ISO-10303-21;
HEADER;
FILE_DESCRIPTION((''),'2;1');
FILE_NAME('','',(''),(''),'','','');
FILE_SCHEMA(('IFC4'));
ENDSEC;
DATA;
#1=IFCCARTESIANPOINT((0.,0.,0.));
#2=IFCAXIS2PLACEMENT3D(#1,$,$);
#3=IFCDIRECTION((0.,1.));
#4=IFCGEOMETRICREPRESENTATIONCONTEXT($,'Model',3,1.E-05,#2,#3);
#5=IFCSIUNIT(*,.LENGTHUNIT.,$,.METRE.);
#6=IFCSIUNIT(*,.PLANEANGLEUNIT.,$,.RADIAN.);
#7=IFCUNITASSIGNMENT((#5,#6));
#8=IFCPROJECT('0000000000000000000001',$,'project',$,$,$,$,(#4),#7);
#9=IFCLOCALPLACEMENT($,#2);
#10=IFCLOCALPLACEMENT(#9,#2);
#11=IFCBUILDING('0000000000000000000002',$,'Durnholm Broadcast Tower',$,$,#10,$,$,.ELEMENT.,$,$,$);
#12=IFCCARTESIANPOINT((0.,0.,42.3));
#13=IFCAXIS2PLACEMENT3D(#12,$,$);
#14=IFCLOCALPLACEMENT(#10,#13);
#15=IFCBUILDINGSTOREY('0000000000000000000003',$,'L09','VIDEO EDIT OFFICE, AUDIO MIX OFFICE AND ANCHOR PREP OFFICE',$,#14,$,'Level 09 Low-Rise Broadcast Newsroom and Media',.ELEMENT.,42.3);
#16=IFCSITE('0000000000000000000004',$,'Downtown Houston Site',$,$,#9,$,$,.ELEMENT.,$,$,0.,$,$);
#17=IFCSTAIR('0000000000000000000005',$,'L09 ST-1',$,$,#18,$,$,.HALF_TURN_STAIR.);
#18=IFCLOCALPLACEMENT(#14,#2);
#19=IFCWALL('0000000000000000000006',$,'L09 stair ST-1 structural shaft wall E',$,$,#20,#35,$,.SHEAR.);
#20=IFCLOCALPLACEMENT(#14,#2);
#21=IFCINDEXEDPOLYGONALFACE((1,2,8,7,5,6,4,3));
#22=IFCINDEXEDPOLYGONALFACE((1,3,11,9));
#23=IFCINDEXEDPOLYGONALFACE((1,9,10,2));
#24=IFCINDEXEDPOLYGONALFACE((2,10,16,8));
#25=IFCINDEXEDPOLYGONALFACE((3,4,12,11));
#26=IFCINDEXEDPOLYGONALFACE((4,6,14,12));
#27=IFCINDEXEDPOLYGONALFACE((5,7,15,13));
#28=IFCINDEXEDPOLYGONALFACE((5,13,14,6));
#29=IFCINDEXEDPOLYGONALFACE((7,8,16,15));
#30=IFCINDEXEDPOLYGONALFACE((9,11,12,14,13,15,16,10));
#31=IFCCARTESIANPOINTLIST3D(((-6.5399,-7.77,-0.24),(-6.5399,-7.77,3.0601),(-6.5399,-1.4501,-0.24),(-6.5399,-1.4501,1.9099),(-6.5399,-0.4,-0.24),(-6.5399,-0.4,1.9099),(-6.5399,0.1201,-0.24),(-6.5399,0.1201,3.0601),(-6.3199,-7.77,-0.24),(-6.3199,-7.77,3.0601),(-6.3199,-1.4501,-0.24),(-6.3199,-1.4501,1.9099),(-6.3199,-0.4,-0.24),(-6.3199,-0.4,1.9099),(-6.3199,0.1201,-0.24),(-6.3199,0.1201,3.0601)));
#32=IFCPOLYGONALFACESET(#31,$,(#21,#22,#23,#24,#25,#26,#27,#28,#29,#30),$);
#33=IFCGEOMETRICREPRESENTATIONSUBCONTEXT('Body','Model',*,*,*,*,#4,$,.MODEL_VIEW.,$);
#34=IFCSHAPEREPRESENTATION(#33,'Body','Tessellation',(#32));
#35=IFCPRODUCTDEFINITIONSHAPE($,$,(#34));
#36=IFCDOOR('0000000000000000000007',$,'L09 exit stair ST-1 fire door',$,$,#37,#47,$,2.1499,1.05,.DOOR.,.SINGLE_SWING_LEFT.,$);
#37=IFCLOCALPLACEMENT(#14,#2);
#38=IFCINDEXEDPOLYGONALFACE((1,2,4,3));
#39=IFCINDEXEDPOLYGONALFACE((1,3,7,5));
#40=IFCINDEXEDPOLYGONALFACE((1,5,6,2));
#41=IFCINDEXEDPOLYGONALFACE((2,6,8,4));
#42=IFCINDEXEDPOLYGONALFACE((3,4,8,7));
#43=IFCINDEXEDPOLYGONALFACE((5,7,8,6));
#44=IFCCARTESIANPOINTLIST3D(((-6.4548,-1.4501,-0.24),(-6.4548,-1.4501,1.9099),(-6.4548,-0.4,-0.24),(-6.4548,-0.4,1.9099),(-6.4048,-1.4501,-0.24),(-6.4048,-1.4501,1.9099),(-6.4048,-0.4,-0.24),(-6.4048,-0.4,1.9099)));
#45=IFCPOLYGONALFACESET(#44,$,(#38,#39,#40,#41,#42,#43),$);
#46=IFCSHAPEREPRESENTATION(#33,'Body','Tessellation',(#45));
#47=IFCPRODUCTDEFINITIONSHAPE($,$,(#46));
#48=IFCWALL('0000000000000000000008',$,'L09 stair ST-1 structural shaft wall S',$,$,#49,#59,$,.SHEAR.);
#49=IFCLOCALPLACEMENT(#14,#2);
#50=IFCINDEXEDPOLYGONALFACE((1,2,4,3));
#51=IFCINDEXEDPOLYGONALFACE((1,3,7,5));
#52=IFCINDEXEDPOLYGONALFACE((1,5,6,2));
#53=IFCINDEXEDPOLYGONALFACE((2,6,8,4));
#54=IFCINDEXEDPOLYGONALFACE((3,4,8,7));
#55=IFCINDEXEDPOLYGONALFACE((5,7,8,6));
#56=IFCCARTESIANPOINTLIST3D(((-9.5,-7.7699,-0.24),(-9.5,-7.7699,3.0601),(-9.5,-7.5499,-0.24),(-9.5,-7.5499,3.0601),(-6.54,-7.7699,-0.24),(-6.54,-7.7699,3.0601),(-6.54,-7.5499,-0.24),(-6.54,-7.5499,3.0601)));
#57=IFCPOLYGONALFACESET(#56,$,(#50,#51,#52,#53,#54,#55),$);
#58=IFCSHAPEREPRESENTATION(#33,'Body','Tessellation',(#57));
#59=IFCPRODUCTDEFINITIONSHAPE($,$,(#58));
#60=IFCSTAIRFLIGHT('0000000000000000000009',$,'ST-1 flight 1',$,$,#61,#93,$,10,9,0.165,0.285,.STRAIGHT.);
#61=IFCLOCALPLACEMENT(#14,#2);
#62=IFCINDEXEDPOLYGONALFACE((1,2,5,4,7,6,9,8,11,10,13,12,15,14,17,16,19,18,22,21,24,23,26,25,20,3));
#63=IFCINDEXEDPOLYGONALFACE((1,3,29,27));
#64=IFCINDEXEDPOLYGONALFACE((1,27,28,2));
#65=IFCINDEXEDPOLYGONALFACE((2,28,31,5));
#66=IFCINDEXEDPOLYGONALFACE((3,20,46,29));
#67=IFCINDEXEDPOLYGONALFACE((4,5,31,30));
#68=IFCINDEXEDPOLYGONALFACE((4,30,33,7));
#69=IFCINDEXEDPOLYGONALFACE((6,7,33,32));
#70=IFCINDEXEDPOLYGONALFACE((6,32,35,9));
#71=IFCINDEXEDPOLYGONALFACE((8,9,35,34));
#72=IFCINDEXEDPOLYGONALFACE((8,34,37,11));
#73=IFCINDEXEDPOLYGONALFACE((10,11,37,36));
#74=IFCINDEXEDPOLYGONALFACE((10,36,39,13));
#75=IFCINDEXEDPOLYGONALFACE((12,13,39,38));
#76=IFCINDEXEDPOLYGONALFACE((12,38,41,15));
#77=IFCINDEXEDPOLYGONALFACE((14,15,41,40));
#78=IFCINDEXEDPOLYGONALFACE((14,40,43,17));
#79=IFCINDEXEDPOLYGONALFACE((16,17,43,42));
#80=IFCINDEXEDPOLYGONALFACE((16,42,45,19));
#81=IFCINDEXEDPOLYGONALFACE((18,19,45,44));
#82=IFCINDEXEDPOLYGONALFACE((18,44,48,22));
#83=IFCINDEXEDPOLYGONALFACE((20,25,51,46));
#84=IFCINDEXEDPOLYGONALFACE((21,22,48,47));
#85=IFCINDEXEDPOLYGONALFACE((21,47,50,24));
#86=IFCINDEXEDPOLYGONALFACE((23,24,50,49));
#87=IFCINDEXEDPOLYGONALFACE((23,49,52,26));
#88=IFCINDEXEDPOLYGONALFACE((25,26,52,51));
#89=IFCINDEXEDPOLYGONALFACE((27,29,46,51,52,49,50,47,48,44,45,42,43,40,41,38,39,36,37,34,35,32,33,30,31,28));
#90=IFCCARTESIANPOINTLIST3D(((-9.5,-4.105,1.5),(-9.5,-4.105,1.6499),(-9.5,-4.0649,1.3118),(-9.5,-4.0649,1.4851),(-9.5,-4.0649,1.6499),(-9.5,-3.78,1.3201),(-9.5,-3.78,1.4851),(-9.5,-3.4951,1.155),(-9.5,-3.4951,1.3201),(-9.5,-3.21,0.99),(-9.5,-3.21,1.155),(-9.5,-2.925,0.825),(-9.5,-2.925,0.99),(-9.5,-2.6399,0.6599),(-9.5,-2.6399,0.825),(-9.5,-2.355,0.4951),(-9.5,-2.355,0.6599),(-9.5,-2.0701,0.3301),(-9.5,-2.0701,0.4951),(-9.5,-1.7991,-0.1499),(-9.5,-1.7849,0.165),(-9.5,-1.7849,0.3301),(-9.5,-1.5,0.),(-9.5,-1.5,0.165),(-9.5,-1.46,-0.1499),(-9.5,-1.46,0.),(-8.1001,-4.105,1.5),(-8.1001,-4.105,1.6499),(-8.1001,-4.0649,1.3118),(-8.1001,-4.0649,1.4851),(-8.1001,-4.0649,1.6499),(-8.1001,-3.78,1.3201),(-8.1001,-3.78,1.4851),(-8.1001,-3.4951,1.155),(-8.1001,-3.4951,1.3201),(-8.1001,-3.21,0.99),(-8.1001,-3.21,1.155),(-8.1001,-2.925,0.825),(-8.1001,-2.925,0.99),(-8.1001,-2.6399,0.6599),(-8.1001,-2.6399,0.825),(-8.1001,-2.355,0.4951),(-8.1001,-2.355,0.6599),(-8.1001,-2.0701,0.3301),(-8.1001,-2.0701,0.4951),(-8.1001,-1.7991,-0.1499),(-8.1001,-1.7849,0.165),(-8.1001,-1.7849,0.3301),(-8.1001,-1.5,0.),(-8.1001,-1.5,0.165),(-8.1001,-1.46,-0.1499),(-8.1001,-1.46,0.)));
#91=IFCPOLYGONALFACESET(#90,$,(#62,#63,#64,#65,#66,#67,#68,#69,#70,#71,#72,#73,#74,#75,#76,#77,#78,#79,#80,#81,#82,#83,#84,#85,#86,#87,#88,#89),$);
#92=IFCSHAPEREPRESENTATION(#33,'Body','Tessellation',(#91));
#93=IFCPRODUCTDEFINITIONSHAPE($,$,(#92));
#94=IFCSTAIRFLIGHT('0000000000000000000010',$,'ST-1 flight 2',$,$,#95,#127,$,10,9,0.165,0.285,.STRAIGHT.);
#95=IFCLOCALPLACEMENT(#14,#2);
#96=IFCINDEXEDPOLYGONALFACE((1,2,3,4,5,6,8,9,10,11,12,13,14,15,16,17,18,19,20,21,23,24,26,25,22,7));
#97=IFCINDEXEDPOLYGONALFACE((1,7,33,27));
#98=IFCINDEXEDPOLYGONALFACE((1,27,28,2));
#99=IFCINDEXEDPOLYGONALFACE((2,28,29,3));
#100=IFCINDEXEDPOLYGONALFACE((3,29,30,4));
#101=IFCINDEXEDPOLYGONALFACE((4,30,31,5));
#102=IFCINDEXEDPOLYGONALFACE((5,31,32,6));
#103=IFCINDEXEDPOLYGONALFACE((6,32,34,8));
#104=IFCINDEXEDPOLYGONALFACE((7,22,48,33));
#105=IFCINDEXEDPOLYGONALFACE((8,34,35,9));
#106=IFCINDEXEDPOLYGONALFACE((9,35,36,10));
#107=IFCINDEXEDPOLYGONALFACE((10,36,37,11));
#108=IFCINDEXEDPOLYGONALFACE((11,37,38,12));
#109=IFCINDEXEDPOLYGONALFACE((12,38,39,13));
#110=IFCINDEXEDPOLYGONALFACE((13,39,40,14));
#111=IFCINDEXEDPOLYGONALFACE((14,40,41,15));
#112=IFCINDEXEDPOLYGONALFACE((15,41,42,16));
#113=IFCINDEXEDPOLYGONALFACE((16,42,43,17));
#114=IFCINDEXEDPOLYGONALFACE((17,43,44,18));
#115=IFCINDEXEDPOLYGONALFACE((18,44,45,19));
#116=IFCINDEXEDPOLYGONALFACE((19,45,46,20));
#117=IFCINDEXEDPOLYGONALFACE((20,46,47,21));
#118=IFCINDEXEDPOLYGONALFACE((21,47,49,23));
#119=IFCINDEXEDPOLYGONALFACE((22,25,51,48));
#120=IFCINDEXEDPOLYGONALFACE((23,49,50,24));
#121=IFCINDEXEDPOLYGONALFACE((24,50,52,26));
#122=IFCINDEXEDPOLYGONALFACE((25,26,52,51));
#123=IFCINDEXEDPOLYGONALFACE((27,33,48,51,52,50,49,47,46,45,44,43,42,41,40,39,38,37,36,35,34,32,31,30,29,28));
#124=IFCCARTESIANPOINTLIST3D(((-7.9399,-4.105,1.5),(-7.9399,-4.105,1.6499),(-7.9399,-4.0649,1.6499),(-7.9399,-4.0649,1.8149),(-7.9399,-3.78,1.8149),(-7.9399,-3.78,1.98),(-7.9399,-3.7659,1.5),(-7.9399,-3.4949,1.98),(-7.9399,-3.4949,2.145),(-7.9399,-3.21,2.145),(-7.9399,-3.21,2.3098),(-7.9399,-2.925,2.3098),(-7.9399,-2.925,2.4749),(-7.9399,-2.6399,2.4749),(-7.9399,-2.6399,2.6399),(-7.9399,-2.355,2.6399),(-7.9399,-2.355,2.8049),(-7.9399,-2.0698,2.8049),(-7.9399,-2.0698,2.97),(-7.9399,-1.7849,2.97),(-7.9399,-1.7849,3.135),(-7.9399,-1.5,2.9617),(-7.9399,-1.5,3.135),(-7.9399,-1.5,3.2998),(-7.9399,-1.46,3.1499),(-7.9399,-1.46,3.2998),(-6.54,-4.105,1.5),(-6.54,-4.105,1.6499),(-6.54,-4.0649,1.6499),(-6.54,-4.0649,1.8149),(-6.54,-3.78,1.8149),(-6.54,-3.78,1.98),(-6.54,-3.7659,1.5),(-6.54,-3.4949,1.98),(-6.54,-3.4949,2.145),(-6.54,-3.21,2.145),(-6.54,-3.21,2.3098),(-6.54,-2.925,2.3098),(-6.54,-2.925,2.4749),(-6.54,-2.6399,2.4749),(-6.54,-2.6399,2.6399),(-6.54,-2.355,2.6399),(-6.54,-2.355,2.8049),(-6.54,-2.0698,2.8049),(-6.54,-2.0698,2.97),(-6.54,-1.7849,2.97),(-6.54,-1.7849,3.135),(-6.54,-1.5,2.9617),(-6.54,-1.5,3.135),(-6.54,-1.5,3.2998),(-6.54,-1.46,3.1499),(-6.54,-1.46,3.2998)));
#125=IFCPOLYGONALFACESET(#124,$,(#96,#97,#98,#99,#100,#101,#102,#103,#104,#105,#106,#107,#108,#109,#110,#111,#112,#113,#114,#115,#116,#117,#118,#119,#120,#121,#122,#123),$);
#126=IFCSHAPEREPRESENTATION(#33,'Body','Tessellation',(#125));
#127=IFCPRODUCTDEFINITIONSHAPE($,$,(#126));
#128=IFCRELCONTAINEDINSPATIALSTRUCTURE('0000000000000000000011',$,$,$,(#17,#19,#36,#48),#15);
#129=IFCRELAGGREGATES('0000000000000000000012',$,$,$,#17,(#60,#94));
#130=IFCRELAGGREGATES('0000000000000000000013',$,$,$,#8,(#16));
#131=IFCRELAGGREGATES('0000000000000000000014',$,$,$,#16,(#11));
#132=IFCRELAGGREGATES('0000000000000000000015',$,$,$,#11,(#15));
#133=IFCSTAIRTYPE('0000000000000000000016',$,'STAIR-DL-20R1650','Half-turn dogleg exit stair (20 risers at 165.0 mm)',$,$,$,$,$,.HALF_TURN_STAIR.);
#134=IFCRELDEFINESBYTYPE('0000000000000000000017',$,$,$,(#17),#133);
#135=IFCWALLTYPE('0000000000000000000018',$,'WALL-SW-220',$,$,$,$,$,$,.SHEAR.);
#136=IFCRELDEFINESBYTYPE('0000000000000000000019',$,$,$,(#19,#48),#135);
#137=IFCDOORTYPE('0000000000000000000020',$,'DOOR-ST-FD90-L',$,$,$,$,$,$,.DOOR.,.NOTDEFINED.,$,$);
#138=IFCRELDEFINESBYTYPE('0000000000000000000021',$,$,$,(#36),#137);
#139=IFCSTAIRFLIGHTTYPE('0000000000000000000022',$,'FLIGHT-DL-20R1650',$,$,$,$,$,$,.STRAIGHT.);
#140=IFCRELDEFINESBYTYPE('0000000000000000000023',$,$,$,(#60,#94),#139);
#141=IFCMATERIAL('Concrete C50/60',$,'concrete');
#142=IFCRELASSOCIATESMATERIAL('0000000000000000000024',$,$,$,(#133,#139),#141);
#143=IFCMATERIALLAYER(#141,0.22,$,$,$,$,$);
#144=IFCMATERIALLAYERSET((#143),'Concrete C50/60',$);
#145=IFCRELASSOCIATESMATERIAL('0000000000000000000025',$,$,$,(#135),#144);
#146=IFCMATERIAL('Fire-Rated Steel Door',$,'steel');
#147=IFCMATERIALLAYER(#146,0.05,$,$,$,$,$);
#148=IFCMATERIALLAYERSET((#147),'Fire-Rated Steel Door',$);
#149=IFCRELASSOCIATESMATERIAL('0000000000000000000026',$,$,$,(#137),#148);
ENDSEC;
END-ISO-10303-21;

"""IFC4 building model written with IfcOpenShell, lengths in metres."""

from ifc_helpers import new_model, si_unit, direction, frame, frame_2d, origin, place, context, subcontext, project, spatial, polyline, rectangle, outline, extrude, source, transform, mapped, material, layer, layer_set, type_object, type_shapes, element, fill, aggregate, save


model = new_model("IFC4")

# Units and contexts
model_context = context("Model", 3, precision=1e-05, world=origin(), true_north=direction((0.0, 1.0)))
body_context = subcontext(model_context, "Body", "Model", "MODEL_VIEW")
ifc_project = project(units=[si_unit("LENGTHUNIT", "METRE"), si_unit("PLANEANGLEUNIT", "RADIAN")], contexts=[model_context])

# Site, building, storey
site_placement = place(None, origin())
site = spatial("IfcSite", under=ifc_project, at=site_placement, Name="Downtown Houston Site", CompositionType="ELEMENT", RefElevation=0.0)
building_placement = place(site_placement, origin())
building = spatial("IfcBuilding", under=site, at=building_placement, Name="Durnholm Broadcast Tower", CompositionType="ELEMENT")
storey_placement = place(building_placement, frame((0.0, 0.0, 42.3)))
storey = spatial("IfcBuildingStorey", under=building, at=storey_placement, Name="L09", Description="VIDEO EDIT OFFICE, AUDIO MIX OFFICE AND ANCHOR PREP OFFICE", LongName="Level 09 Low-Rise Broadcast Newsroom and Media", CompositionType="ELEMENT", Elevation=42.3)

# Shared definitions
ifc_material_1 = material(Name="Concrete C50/60", Category="concrete")

# Stair
stair_type = type_object("IfcStairType", Name="STAIR-DL-20R1650", Description="Half-turn dogleg exit stair (20 risers at 165.0 mm)", PredefinedType="HALF_TURN_STAIR", material=ifc_material_1)
stair_1_placement = place(storey_placement, origin())
stair_1 = element("IfcStair", 1, at=stair_1_placement, inside=storey, type_object=stair_type, Name="L09 ST-1", PredefinedType="HALF_TURN_STAIR")

# Wall, opening, door
ifc_layer_1 = layer(ifc_material_1, 0.22)
ifc_layer_set_1 = layer_set([ifc_layer_1], Name="Concrete C50/60")
wall_type_1 = type_object("IfcWallType", Name="WALL-SW-220", PredefinedType="SHEAR", material=ifc_layer_set_1)
wall_1_placement = place(storey_placement, frame((-6.4299, -7.77, -0.24), z_axis=(0.0, 0.0, 1.0), x_axis=(0.0, 1.0, 0.0)))
wall_1 = element("IfcWall", 2, at=wall_1_placement, inside=storey, type_object=wall_type_1, Name="L09 stair ST-1 structural shaft wall E", PredefinedType="SHEAR", context=body_context, shape_type="SweptSolid", body=[
    extrude(rectangle(XDim=7.8901, YDim=0.22, at=frame_2d((3.9451, 0.0))), origin(), (0.0, 0.0, 1.0), 3.3),
])
opening_1_placement = place(wall_1_placement, frame((6.3201, 0.0, 0.0)))
opening_1 = element("IfcOpeningElement", 3, at=opening_1_placement, cuts=wall_1, PredefinedType="OPENING", context=body_context, shape_type="SweptSolid", body=[
    extrude(rectangle(XDim=1.05, YDim=2.1499, at=frame_2d((0.5249, 1.075))), frame((0.0, 0.1201, 0.0), z_axis=(0.0, -1.0, 0.0), x_axis=(1.0, 0.0, 0.0)), (0.0, 0.0, 1.0), 0.24),
])
ifc_material_2 = material(Name="Fire-Rated Steel Door", Category="steel")
ifc_layer_2 = layer(ifc_material_2, 0.05)
ifc_layer_set_2 = layer_set([ifc_layer_2], Name="Fire-Rated Steel Door")
door_type_1 = type_object("IfcDoorType", Name="DOOR-ST-FD90-L", OperationType="NOTDEFINED", PredefinedType="DOOR", material=ifc_layer_set_2)
shared_shape_1 = source(origin(), body_context, "Body", "SweptSolid", [
    extrude(rectangle(XDim=1.05, YDim=2.1499, at=frame_2d((0.5249, 1.075))), frame((0.0, 0.0249, 0.0), z_axis=(0.0, -1.0, 0.0), x_axis=(1.0, 0.0, 0.0)), (0.0, 0.0, 1.0), 0.05),
])
type_shapes(door_type_1, [shared_shape_1])
door_1_placement = place(opening_1_placement, origin())
door_1 = element("IfcDoor", 4, at=door_1_placement, inside=storey, type_object=door_type_1, Name="L09 exit stair ST-1 fire door", OperationType="SINGLE_SWING_LEFT", OverallHeight=2.1499, OverallWidth=1.05, PredefinedType="DOOR", context=body_context, shape_type="MappedRepresentation", body=[
    mapped(shared_shape_1, transform((0.0, 0.0, 0.0), x_axis=(1.0, 0.0, 0.0), y_axis=(0.0, 1.0, 0.0), z_axis=(0.0, 0.0, 1.0), scale=1.0)),
])
fill(opening_1, door_1)

# Wall
wall_2_placement = place(storey_placement, frame((-9.5, -7.6599, -0.24), z_axis=(0.0, 0.0, 1.0), x_axis=(1.0, 0.0, 0.0)))
element("IfcWall", 5, at=wall_2_placement, inside=storey, type_object=wall_type_1, Name="L09 stair ST-1 structural shaft wall S", PredefinedType="SHEAR", context=body_context, shape_type="SweptSolid", body=[
    extrude(rectangle(XDim=2.96, YDim=0.22, at=frame_2d((1.48, 0.0))), origin(), (0.0, 0.0, 1.0), 3.3),
])

# Stair flights
stair_flight_type = type_object("IfcStairFlightType", Name="FLIGHT-DL-20R1650", PredefinedType="STRAIGHT", material=ifc_material_1)
stair_flight_1_placement = place(storey_placement, frame((-8.8, -1.5, 0.0), z_axis=(0.0, 0.0, 1.0), x_axis=(0.0, -1.0, 0.0)))
stair_flight_1 = element("IfcStairFlight", 6, at=stair_flight_1_placement, type_object=stair_flight_type, Name="ST-1 flight 1", NumberOfRisers=10, NumberOfTreads=9, PredefinedType="STRAIGHT", RiserHeight=0.165, TreadLength=0.285, context=body_context, shape_type="SweptSolid", body=[
    extrude(outline(polyline([(-0.04, -0.1499), (-0.04, 0.0), (0.0, 0.0), (0.0, 0.165), (0.2849, 0.165), (0.2849, 0.3301), (0.5701, 0.3301), (0.5701, 0.4951), (0.855, 0.4951), (0.855, 0.6599), (1.1399, 0.6599), (1.1399, 0.825), (1.425, 0.825), (1.425, 0.99), (1.71, 0.99), (1.71, 1.155), (1.9951, 1.155), (1.9951, 1.3201), (2.28, 1.3201), (2.28, 1.4851), (2.5649, 1.4851), (2.5649, 1.6499), (2.605, 1.6499), (2.605, 1.5), (2.5649, 1.3118), (0.2991, -0.1499), (-0.04, -0.1499)])), frame((0.0, 0.7, 0.0), z_axis=(0.0, -1.0, 0.0), x_axis=(1.0, 0.0, 0.0)), (0.0, 0.0, 1.0), 1.3999),
])
stair_flight_2_placement = place(storey_placement, frame((-7.24, -4.0649, 1.6499), z_axis=(0.0, 0.0, 1.0), x_axis=(0.0, 1.0, 0.0)))
stair_flight_2 = element("IfcStairFlight", 7, at=stair_flight_2_placement, type_object=stair_flight_type, Name="ST-1 flight 2", NumberOfRisers=10, NumberOfTreads=9, PredefinedType="STRAIGHT", RiserHeight=0.165, TreadLength=0.285, context=body_context, shape_type="SweptSolid", body=[
    extrude(outline(polyline([(-0.04, -0.1499), (-0.04, 0.0), (0.0, 0.0), (0.0, 0.165), (0.2849, 0.165), (0.2849, 0.3301), (0.5701, 0.3301), (0.5701, 0.4951), (0.855, 0.4951), (0.855, 0.6599), (1.1399, 0.6599), (1.1399, 0.825), (1.425, 0.825), (1.425, 0.99), (1.71, 0.99), (1.71, 1.155), (1.9951, 1.155), (1.9951, 1.3201), (2.28, 1.3201), (2.28, 1.4851), (2.5649, 1.4851), (2.5649, 1.6499), (2.605, 1.6499), (2.605, 1.5), (2.5649, 1.3118), (0.2991, -0.1499), (-0.04, -0.1499)])), frame((0.0, 0.7, 0.0), z_axis=(0.0, -1.0, 0.0), x_axis=(1.0, 0.0, 0.0)), (0.0, 0.0, 1.0), 1.3999),
])
aggregate(stair_1, [stair_flight_1, stair_flight_2])

save(model, "model.ifc")
